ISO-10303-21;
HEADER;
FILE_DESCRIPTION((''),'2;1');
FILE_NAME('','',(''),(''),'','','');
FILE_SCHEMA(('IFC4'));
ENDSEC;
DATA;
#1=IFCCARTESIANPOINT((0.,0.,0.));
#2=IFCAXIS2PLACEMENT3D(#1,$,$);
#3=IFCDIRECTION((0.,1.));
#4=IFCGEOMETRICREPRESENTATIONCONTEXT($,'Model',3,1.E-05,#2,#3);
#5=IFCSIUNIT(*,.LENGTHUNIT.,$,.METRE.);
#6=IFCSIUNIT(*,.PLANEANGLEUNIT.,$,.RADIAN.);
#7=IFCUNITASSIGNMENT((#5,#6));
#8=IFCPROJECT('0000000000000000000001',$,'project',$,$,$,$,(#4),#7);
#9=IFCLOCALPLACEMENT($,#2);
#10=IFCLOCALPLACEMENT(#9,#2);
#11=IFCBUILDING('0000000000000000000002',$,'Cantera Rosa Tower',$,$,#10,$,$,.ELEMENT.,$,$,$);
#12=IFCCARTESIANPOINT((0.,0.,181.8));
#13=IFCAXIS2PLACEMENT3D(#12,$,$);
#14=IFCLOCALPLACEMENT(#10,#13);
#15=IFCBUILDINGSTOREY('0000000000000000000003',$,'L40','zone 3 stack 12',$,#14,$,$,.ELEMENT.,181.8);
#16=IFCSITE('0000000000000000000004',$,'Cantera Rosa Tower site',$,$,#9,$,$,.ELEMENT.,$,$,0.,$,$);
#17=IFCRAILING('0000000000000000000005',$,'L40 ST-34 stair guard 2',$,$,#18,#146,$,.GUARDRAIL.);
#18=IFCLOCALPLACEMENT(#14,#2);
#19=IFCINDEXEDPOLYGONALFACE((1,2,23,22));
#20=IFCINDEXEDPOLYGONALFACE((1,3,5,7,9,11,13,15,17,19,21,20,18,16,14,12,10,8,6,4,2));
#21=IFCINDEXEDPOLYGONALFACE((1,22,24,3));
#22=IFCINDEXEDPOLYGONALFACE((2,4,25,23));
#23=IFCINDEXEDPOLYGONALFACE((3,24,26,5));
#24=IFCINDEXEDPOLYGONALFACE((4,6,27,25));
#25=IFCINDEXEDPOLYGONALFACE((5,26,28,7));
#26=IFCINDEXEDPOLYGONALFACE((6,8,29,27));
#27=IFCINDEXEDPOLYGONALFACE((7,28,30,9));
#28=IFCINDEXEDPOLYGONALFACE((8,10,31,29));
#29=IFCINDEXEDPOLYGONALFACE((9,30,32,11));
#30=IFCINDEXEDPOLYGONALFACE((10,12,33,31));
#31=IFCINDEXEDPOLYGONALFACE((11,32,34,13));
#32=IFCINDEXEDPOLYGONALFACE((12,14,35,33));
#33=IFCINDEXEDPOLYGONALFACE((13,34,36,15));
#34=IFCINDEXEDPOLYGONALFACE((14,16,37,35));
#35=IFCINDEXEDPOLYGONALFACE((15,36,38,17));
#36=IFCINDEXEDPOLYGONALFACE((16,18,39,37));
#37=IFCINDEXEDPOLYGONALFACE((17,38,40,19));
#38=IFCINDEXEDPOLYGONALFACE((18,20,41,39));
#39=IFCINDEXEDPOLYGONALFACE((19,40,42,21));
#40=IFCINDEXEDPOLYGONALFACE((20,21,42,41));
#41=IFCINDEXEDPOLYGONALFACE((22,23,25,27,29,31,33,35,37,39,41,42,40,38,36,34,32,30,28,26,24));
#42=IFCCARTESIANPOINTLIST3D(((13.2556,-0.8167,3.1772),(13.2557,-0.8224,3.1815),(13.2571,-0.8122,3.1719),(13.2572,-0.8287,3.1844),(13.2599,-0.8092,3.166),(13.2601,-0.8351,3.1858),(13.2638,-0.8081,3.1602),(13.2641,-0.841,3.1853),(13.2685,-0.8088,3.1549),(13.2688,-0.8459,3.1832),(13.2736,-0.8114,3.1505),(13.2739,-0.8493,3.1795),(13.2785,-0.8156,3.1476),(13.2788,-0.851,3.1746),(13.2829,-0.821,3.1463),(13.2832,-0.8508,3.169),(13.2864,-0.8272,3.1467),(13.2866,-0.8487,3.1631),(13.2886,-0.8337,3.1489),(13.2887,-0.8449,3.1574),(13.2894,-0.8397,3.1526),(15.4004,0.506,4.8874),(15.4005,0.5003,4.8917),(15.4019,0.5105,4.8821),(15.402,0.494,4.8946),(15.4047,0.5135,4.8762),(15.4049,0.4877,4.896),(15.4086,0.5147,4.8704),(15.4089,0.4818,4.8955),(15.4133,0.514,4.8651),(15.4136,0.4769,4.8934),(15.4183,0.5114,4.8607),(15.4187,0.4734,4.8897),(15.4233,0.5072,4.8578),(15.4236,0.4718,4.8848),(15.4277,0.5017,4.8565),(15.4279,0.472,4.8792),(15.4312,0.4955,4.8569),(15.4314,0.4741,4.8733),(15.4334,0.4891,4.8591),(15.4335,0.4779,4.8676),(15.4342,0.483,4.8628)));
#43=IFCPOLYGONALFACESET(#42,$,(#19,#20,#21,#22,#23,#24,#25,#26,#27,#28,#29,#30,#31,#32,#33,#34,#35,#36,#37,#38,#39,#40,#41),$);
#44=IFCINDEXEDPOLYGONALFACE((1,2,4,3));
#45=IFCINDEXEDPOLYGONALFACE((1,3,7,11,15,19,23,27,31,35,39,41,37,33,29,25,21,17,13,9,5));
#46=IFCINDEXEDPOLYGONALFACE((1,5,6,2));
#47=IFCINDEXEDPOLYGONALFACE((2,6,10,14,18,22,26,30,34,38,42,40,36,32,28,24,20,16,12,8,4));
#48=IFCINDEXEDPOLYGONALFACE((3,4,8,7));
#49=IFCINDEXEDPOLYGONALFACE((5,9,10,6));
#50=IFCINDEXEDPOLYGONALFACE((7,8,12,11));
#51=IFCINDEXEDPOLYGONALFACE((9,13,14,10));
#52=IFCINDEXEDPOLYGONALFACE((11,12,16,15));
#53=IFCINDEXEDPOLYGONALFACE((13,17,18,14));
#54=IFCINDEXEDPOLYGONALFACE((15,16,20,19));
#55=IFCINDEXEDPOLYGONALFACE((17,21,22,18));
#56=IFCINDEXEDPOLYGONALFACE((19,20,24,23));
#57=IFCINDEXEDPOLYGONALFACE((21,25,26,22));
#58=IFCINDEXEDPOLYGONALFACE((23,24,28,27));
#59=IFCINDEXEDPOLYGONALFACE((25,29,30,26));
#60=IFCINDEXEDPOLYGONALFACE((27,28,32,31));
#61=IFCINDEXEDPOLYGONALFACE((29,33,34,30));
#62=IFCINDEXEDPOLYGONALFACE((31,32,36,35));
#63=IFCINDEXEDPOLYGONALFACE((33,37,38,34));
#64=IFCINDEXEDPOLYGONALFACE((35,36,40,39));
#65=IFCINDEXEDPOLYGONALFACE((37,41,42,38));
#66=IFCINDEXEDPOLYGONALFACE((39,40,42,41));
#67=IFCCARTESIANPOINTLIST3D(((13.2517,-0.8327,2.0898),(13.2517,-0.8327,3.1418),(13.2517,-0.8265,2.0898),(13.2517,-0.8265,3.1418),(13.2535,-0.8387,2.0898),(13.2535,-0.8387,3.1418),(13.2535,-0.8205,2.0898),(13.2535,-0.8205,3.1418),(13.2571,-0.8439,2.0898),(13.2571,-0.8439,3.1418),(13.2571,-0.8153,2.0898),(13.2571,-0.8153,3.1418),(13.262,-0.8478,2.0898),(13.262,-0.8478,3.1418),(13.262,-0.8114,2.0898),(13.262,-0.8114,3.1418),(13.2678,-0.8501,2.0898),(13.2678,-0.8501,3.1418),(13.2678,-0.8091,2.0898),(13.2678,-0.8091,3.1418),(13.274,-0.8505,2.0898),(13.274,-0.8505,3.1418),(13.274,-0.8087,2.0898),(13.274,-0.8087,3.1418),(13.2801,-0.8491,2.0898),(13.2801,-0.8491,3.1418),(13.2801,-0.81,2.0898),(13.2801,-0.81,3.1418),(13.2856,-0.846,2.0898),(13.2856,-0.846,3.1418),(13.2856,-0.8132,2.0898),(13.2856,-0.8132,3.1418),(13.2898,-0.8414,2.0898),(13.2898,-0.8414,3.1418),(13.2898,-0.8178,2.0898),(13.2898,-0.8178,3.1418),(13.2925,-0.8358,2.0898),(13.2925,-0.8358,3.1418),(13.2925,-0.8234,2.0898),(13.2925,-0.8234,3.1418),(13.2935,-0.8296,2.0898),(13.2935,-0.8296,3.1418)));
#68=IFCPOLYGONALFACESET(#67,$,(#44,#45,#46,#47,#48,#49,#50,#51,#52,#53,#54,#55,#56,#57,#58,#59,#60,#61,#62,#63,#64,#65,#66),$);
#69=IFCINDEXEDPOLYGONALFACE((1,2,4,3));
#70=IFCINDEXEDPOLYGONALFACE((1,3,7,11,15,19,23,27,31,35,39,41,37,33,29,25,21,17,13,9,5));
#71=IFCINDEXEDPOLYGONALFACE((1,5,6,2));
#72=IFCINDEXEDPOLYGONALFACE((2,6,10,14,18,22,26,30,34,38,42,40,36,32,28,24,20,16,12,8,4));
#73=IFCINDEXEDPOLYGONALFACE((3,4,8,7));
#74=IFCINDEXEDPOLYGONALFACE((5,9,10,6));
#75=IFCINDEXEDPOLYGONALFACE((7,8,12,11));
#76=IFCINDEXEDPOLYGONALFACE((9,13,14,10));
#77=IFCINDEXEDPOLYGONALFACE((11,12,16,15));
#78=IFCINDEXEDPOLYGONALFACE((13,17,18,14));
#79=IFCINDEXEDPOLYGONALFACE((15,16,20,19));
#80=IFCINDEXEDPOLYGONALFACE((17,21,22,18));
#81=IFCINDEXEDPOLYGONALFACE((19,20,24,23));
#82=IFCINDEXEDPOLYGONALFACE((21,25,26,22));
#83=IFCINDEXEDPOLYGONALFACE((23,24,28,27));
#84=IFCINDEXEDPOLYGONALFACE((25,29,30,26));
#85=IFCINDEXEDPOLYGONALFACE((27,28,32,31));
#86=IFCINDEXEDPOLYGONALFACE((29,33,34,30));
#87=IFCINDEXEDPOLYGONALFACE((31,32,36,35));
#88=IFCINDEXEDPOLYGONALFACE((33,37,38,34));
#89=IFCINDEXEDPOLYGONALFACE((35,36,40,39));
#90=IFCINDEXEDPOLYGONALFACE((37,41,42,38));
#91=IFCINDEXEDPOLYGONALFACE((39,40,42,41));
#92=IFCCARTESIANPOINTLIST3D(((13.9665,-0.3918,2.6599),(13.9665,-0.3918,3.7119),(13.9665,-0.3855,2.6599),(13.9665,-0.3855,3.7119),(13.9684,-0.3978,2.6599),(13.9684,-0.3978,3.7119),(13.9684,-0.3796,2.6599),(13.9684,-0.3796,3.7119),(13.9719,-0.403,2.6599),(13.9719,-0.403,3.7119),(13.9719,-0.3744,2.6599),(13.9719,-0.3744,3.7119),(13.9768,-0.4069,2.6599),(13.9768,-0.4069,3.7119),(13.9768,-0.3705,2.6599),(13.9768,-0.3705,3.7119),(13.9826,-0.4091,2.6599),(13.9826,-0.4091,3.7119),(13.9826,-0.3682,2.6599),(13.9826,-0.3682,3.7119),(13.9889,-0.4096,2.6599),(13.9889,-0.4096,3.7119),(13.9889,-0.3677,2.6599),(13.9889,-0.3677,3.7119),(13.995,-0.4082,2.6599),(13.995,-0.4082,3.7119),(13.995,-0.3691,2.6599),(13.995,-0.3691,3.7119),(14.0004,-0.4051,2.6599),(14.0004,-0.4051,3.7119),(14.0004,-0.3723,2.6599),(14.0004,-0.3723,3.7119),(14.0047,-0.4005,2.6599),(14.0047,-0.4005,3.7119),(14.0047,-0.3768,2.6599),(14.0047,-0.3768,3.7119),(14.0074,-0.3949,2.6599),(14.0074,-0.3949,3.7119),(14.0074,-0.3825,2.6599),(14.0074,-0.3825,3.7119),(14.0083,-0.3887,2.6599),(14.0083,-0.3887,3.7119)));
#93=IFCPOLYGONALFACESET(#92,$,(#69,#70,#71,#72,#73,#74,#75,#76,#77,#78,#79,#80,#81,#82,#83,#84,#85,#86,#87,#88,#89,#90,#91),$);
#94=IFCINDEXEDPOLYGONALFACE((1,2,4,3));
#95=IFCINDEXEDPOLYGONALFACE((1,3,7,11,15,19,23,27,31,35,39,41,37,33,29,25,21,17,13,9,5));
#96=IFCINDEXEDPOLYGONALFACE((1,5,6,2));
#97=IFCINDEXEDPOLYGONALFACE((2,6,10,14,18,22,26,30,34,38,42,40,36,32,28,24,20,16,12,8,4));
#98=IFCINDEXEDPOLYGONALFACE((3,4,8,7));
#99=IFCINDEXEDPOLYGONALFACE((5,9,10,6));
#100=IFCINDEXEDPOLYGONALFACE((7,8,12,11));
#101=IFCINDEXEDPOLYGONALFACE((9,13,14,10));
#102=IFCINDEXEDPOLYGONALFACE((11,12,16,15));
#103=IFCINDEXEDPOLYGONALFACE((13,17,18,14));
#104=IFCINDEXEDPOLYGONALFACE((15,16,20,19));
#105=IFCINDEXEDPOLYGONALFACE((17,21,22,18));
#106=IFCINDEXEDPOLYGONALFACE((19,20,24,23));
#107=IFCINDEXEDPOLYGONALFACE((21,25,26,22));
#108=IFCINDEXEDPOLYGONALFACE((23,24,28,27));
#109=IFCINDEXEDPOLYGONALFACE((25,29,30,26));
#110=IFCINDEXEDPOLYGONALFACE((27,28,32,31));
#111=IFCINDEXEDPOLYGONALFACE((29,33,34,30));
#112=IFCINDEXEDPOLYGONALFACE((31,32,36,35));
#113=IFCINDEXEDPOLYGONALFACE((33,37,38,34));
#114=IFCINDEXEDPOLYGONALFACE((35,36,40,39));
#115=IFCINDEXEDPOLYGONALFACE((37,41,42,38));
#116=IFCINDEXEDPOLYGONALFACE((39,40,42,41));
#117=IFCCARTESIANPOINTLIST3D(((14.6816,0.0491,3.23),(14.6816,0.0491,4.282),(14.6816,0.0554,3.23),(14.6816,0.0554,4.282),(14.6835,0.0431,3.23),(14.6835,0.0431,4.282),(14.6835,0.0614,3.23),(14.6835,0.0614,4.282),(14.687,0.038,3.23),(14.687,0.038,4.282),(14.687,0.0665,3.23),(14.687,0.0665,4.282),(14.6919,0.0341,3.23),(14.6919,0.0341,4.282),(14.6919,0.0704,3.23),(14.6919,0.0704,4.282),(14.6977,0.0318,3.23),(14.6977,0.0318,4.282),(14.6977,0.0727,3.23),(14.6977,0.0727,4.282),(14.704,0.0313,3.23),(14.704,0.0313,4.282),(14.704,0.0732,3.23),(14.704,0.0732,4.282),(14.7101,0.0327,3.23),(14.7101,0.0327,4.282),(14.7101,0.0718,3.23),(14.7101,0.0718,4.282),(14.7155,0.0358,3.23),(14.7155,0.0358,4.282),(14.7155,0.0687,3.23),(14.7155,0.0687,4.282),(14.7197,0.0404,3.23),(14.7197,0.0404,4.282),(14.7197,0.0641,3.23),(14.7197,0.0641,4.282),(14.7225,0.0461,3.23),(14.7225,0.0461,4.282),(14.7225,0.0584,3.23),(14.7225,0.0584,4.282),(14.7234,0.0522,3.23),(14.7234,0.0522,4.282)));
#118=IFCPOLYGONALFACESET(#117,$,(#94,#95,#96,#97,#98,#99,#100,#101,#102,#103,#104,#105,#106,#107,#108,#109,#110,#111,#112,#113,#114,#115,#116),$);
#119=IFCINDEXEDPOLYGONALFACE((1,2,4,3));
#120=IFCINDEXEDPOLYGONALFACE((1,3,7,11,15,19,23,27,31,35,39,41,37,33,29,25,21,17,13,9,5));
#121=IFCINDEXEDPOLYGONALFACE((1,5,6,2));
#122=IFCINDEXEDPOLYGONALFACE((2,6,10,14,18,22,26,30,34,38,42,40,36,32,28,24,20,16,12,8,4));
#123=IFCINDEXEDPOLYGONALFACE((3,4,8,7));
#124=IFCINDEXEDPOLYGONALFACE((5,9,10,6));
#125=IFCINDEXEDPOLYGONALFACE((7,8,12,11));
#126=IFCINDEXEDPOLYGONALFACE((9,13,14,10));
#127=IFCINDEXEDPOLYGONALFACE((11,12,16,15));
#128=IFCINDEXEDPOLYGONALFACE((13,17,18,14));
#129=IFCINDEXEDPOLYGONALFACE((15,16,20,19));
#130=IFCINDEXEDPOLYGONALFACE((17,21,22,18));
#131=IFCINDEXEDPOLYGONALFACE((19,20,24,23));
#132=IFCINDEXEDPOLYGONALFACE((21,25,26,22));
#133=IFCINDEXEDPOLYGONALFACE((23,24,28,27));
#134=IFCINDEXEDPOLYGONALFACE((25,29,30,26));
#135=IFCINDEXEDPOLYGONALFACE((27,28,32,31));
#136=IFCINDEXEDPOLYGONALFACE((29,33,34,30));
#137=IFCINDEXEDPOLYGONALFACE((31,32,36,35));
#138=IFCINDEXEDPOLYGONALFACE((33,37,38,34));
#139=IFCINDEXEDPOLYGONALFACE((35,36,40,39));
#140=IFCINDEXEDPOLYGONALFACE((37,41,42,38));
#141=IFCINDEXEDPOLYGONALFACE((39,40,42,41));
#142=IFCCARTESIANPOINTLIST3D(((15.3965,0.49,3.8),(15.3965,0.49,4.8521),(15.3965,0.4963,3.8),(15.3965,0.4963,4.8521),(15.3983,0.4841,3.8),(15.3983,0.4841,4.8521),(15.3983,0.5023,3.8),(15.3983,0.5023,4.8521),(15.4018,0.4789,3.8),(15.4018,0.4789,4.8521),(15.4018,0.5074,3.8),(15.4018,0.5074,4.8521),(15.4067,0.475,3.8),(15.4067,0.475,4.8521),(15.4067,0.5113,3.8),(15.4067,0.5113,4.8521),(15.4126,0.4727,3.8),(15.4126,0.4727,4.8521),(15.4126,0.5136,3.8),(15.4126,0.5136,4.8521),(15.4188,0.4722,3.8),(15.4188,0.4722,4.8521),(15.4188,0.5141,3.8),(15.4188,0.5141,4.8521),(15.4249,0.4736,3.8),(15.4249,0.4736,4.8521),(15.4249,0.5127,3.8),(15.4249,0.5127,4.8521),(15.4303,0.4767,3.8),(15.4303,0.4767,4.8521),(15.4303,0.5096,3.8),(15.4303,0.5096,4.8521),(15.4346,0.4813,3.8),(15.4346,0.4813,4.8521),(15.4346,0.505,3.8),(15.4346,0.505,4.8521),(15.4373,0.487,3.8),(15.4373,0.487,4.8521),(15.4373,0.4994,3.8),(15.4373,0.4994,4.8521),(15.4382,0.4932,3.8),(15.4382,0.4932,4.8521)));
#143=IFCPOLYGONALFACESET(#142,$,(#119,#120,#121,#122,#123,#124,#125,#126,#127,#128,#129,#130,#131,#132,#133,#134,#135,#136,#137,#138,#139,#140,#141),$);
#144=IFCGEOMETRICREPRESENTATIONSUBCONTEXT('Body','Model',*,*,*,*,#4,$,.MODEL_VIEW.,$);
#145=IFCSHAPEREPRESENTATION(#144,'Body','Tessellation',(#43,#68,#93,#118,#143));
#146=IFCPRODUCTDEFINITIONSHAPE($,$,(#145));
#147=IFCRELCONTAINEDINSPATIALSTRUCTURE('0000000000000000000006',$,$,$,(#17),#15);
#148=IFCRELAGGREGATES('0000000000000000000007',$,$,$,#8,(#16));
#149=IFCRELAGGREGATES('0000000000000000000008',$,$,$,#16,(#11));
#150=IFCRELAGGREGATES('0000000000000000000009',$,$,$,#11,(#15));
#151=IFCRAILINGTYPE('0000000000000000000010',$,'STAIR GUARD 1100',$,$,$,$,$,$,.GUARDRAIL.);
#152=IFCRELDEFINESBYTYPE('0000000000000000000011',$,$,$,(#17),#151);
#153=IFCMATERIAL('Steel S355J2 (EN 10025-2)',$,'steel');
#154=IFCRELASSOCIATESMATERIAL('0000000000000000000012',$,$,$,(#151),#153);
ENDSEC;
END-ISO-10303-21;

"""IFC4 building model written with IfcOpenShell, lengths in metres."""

from ifc_helpers import new_model, si_unit, direction, frame, origin, origin_2d, place, context, subcontext, project, spatial, circle, extrude, material, type_object, element, save


model = new_model("IFC4")

# Units and contexts
model_context = context("Model", 3, precision=1e-05, world=origin(), true_north=direction((0.0, 1.0)))
body_context = subcontext(model_context, "Body", "Model", "MODEL_VIEW")
ifc_project = project(units=[si_unit("LENGTHUNIT", "METRE"), si_unit("PLANEANGLEUNIT", "RADIAN")], contexts=[model_context])

# Site, building, storey
site_placement = place(None, origin())
site = spatial("IfcSite", under=ifc_project, at=site_placement, Name="Cantera Rosa Tower site", CompositionType="ELEMENT", RefElevation=0.0)
building_placement = place(site_placement, origin())
building = spatial("IfcBuilding", under=site, at=building_placement, Name="Cantera Rosa Tower", CompositionType="ELEMENT")
storey_placement = place(building_placement, frame((0.0, 0.0, 181.8)))
storey = spatial("IfcBuildingStorey", under=building, at=storey_placement, Name="L40", Description="zone 3 stack 12", CompositionType="ELEMENT", Elevation=181.8)

# Railing
ifc_material_1 = material(Name="Steel S355J2 (EN 10025-2)", Category="steel")
railing_type_1 = type_object("IfcRailingType", Name="STAIR GUARD 1100", PredefinedType="GUARDRAIL", material=ifc_material_1)
railing_1_placement = place(storey_placement, frame((13.2725, -0.8296, 2.0898)))
element("IfcRailing", 1, at=railing_1_placement, inside=storey, type_object=railing_type_1, Name="L40 ST-34 stair guard 2", PredefinedType="GUARDRAIL", context=body_context, shape_type="SweptSolid", body=[
    extrude(circle(Radius=0.0239, at=origin_2d()), frame((0.0, 0.0, 1.0762), z_axis=(0.704264, 0.434343, 0.561568), x_axis=(-0.52493, 0.851146, 0.0)), (0.0, 0.0, 1.0), 3.0454),
    extrude(circle(Radius=0.021, at=origin_2d()), origin(), (0.0, 0.0, 1.0), 1.052),
    extrude(circle(Radius=0.021, at=origin_2d()), frame((0.7148, 0.4409, 0.5701)), (0.0, 0.0, 1.0), 1.052),
    extrude(circle(Radius=0.021, at=origin_2d()), frame((1.4299, 0.8818, 1.1401)), (0.0, 0.0, 1.0), 1.052),
    extrude(circle(Radius=0.021, at=origin_2d()), frame((2.1448, 1.3228, 1.7102)), (0.0, 0.0, 1.0), 1.052),
])

save(model, "model.ifc")
